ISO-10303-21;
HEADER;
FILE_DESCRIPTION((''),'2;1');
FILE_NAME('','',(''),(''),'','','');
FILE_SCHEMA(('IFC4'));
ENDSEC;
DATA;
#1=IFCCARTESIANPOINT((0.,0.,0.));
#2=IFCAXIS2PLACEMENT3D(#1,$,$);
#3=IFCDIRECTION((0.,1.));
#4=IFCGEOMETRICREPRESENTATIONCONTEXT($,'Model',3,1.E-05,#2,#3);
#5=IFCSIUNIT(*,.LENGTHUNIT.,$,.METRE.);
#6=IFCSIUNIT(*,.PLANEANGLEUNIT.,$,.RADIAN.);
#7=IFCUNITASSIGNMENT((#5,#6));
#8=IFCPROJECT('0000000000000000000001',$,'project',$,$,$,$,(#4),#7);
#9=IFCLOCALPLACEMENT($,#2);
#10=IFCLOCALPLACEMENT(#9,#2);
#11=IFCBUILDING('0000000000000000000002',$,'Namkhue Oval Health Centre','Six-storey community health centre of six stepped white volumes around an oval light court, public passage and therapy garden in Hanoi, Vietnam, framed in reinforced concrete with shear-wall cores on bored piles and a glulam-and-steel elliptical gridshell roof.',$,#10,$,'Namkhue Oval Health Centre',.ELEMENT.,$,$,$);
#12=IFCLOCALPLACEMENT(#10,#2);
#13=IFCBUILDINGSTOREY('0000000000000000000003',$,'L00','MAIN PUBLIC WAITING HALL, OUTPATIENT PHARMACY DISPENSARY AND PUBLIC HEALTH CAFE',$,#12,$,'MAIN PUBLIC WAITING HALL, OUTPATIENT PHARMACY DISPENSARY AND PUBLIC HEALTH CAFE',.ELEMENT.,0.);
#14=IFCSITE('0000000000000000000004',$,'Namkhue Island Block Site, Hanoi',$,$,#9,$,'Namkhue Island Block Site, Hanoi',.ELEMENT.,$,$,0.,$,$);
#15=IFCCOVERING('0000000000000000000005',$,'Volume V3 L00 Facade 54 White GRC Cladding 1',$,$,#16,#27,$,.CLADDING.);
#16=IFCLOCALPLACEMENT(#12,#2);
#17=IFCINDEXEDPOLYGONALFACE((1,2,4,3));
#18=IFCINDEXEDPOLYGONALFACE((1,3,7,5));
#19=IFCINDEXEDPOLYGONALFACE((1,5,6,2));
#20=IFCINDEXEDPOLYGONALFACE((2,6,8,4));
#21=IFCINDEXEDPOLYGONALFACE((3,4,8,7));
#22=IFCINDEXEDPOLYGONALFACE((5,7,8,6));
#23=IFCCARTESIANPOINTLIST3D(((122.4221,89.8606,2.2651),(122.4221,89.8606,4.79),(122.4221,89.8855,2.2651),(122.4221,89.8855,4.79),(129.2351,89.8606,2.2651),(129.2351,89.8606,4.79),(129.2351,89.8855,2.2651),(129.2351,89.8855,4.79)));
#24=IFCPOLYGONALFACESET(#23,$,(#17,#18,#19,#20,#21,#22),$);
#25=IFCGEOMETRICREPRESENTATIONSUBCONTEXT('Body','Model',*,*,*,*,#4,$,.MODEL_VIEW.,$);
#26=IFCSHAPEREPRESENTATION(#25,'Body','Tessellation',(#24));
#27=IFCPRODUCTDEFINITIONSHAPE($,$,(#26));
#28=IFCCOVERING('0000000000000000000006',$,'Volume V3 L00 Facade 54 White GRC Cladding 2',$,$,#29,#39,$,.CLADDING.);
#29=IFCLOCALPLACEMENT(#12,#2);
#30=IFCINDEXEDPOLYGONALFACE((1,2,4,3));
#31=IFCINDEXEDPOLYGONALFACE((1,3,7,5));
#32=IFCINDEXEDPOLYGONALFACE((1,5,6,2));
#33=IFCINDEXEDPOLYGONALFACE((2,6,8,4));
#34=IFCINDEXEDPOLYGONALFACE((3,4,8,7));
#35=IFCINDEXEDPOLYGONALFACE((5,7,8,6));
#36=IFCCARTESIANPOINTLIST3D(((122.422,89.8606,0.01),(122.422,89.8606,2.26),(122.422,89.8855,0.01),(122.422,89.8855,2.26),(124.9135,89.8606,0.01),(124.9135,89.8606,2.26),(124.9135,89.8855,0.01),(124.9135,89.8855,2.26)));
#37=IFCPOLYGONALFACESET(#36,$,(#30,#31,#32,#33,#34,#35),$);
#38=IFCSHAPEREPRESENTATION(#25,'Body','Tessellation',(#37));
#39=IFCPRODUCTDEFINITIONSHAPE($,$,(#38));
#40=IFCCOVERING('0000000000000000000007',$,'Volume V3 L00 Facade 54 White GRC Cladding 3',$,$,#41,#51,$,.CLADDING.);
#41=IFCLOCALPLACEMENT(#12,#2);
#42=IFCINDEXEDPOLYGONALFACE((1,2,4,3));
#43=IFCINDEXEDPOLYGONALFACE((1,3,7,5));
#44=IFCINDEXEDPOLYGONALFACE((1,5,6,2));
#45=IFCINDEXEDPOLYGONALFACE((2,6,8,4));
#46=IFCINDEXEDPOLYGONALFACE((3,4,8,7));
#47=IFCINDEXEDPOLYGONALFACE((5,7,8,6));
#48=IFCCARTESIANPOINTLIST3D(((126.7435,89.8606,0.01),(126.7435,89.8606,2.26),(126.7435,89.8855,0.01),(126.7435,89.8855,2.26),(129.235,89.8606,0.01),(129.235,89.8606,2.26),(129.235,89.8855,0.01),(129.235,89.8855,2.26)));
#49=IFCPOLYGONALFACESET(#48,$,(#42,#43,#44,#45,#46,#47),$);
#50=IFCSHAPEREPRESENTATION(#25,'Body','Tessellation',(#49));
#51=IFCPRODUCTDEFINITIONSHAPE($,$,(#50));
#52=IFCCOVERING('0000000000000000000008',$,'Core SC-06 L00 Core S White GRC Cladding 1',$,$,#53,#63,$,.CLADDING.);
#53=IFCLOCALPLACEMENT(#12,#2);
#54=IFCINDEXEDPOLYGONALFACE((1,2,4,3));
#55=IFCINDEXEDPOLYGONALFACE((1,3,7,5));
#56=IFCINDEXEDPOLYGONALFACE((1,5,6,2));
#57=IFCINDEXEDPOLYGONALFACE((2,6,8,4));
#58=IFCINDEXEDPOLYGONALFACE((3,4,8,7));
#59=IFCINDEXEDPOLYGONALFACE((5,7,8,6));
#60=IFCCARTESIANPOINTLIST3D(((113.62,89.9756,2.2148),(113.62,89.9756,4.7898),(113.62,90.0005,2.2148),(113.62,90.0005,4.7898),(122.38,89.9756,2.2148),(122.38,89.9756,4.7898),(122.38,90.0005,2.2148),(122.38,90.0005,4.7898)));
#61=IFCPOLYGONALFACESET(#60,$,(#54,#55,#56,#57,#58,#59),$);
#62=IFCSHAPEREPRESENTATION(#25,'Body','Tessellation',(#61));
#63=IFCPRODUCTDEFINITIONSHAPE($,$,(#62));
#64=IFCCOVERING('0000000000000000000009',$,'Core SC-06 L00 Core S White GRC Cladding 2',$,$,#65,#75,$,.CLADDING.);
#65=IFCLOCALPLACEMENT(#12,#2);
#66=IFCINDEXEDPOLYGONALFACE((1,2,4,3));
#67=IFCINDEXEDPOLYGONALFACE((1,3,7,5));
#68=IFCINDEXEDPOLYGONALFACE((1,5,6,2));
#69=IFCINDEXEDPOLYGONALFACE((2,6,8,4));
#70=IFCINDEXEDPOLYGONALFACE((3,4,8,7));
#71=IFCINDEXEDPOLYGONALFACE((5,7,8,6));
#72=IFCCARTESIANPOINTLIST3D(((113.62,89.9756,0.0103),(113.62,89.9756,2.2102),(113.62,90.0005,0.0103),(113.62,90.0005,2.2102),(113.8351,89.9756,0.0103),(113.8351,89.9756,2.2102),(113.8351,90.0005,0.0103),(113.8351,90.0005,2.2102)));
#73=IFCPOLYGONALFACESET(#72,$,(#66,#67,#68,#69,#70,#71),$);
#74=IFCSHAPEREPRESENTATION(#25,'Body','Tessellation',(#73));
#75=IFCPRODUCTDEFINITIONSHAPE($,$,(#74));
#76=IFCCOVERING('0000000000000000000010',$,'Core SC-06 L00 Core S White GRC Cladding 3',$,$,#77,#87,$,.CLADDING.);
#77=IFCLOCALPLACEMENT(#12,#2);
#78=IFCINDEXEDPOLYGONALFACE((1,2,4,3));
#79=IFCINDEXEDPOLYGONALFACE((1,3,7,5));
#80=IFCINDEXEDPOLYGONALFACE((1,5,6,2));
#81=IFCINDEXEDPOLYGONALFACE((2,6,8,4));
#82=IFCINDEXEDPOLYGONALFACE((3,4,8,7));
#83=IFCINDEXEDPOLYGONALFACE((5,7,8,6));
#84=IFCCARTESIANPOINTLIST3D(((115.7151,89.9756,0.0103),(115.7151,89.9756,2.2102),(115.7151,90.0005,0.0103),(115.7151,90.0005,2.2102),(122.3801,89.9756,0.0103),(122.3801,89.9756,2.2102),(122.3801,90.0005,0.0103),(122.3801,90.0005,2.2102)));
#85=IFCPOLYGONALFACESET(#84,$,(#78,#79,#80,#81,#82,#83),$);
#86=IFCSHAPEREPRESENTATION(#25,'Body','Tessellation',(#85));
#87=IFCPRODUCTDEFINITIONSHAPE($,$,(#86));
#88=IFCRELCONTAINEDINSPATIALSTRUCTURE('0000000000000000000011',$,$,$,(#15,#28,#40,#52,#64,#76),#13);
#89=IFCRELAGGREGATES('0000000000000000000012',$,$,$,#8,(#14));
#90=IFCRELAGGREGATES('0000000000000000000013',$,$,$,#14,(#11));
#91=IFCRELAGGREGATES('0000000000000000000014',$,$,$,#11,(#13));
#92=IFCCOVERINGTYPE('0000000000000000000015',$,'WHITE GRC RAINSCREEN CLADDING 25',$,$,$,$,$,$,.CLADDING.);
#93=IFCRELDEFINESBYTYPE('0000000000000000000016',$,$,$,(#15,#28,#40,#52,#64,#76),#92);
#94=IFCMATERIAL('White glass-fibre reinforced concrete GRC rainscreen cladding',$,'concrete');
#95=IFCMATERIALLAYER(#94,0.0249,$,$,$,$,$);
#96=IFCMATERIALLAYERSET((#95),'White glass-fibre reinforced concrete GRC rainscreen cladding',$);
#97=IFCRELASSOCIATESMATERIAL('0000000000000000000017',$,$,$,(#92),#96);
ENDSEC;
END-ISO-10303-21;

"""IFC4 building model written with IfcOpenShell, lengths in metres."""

from ifc_helpers import new_model, si_unit, direction, frame, origin, origin_2d, place, context, subcontext, project, spatial, rectangle, extrude, material, layer, layer_set, type_object, element, save


model = new_model("IFC4")

# Units and contexts
model_context = context("Model", 3, precision=1e-05, world=origin(), true_north=direction((0.0, 1.0)))
body_context = subcontext(model_context, "Body", "Model", "MODEL_VIEW")
ifc_project = project(units=[si_unit("LENGTHUNIT", "METRE"), si_unit("PLANEANGLEUNIT", "RADIAN")], contexts=[model_context])

# Site, building, storey
site_placement = place(None, origin())
site = spatial("IfcSite", under=ifc_project, at=site_placement, Name="Namkhue Island Block Site, Hanoi", LongName="Namkhue Island Block Site, Hanoi", CompositionType="ELEMENT", RefElevation=0.0)
building_placement = place(site_placement, origin())
building = spatial("IfcBuilding", under=site, at=building_placement, Name="Namkhue Oval Health Centre", Description="Six-storey community health centre of six stepped white volumes around an oval light court, public passage and therapy garden in Hanoi, Vietnam, framed in reinforced concrete with shear-wall cores on bored piles and a glulam-and-steel elliptical gridshell roof.", LongName="Namkhue Oval Health Centre", CompositionType="ELEMENT")
storey_placement = place(building_placement, origin())
storey = spatial("IfcBuildingStorey", under=building, at=storey_placement, Name="L00", Description="MAIN PUBLIC WAITING HALL, OUTPATIENT PHARMACY DISPENSARY AND PUBLIC HEALTH CAFE", LongName="MAIN PUBLIC WAITING HALL, OUTPATIENT PHARMACY DISPENSARY AND PUBLIC HEALTH CAFE", CompositionType="ELEMENT", Elevation=0.0)

# Coverings
ifc_material_1 = material(Name="White glass-fibre reinforced concrete GRC rainscreen cladding", Category="concrete")
ifc_layer_1 = layer(ifc_material_1, 0.0249)
ifc_layer_set_1 = layer_set([ifc_layer_1], Name="White glass-fibre reinforced concrete GRC rainscreen cladding")
covering_type = type_object("IfcCoveringType", Name="WHITE GRC RAINSCREEN CLADDING 25", PredefinedType="CLADDING", material=ifc_layer_set_1)
covering_1_placement = place(storey_placement, frame((125.8286, 89.873, 2.2651), z_axis=(0.0, 0.0, 1.0), x_axis=(1.0, 0.0, 0.0)))
element("IfcCovering", 1, at=covering_1_placement, inside=storey, type_object=covering_type, Name="Volume V3 L00 Facade 54 White GRC Cladding 1", PredefinedType="CLADDING", context=body_context, shape_type="SweptSolid", body=[
    extrude(rectangle(XDim=6.813, YDim=0.0249, at=origin_2d()), origin(), (0.0, 0.0, 1.0), 2.5249),
])
for number, where, z_axis, x_axis, name in (
    (2, (123.6677, 89.873, 0.01), (0.0, 0.0, 1.0), (1.0, 0.0, 0.0), "Volume V3 L00 Facade 54 White GRC Cladding 2"),
    (3, (127.9893, 89.873, 0.01), (0.0, 0.0, 1.0), (1.0, 0.0, 0.0), "Volume V3 L00 Facade 54 White GRC Cladding 3"),
):
    element("IfcCovering", number, at=place(storey_placement, frame(where, z_axis=z_axis, x_axis=x_axis)), inside=storey, type_object=covering_type, Name=name, PredefinedType="CLADDING", context=body_context, shape_type="SweptSolid", body=[
        extrude(rectangle(XDim=2.4915, YDim=0.0249, at=origin_2d()), origin(), (0.0, 0.0, 1.0), 2.25),
    ])
covering_2_placement = place(storey_placement, frame((118.0, 89.988, 2.2148), z_axis=(0.0, 0.0, 1.0), x_axis=(1.0, 0.0, 0.0)))
element("IfcCovering", 4, at=covering_2_placement, inside=storey, type_object=covering_type, Name="Core SC-06 L00 Core S White GRC Cladding 1", PredefinedType="CLADDING", context=body_context, shape_type="SweptSolid", body=[
    extrude(rectangle(XDim=8.76, YDim=0.0249, at=origin_2d()), origin(), (0.0, 0.0, 1.0), 2.575),
])
covering_3_placement = place(storey_placement, frame((113.7275, 89.988, 0.0103), z_axis=(0.0, 0.0, 1.0), x_axis=(1.0, 0.0, 0.0)))
element("IfcCovering", 5, at=covering_3_placement, inside=storey, type_object=covering_type, Name="Core SC-06 L00 Core S White GRC Cladding 2", PredefinedType="CLADDING", context=body_context, shape_type="SweptSolid", body=[
    extrude(rectangle(XDim=0.2151, YDim=0.0249, at=origin_2d()), origin(), (0.0, 0.0, 1.0), 2.2),
])
covering_4_placement = place(storey_placement, frame((119.0476, 89.988, 0.0103), z_axis=(0.0, 0.0, 1.0), x_axis=(1.0, 0.0, 0.0)))
element("IfcCovering", 6, at=covering_4_placement, inside=storey, type_object=covering_type, Name="Core SC-06 L00 Core S White GRC Cladding 3", PredefinedType="CLADDING", context=body_context, shape_type="SweptSolid", body=[
    extrude(rectangle(XDim=6.665, YDim=0.0249, at=origin_2d()), origin(), (0.0, 0.0, 1.0), 2.2),
])

save(model, "model.ifc")
